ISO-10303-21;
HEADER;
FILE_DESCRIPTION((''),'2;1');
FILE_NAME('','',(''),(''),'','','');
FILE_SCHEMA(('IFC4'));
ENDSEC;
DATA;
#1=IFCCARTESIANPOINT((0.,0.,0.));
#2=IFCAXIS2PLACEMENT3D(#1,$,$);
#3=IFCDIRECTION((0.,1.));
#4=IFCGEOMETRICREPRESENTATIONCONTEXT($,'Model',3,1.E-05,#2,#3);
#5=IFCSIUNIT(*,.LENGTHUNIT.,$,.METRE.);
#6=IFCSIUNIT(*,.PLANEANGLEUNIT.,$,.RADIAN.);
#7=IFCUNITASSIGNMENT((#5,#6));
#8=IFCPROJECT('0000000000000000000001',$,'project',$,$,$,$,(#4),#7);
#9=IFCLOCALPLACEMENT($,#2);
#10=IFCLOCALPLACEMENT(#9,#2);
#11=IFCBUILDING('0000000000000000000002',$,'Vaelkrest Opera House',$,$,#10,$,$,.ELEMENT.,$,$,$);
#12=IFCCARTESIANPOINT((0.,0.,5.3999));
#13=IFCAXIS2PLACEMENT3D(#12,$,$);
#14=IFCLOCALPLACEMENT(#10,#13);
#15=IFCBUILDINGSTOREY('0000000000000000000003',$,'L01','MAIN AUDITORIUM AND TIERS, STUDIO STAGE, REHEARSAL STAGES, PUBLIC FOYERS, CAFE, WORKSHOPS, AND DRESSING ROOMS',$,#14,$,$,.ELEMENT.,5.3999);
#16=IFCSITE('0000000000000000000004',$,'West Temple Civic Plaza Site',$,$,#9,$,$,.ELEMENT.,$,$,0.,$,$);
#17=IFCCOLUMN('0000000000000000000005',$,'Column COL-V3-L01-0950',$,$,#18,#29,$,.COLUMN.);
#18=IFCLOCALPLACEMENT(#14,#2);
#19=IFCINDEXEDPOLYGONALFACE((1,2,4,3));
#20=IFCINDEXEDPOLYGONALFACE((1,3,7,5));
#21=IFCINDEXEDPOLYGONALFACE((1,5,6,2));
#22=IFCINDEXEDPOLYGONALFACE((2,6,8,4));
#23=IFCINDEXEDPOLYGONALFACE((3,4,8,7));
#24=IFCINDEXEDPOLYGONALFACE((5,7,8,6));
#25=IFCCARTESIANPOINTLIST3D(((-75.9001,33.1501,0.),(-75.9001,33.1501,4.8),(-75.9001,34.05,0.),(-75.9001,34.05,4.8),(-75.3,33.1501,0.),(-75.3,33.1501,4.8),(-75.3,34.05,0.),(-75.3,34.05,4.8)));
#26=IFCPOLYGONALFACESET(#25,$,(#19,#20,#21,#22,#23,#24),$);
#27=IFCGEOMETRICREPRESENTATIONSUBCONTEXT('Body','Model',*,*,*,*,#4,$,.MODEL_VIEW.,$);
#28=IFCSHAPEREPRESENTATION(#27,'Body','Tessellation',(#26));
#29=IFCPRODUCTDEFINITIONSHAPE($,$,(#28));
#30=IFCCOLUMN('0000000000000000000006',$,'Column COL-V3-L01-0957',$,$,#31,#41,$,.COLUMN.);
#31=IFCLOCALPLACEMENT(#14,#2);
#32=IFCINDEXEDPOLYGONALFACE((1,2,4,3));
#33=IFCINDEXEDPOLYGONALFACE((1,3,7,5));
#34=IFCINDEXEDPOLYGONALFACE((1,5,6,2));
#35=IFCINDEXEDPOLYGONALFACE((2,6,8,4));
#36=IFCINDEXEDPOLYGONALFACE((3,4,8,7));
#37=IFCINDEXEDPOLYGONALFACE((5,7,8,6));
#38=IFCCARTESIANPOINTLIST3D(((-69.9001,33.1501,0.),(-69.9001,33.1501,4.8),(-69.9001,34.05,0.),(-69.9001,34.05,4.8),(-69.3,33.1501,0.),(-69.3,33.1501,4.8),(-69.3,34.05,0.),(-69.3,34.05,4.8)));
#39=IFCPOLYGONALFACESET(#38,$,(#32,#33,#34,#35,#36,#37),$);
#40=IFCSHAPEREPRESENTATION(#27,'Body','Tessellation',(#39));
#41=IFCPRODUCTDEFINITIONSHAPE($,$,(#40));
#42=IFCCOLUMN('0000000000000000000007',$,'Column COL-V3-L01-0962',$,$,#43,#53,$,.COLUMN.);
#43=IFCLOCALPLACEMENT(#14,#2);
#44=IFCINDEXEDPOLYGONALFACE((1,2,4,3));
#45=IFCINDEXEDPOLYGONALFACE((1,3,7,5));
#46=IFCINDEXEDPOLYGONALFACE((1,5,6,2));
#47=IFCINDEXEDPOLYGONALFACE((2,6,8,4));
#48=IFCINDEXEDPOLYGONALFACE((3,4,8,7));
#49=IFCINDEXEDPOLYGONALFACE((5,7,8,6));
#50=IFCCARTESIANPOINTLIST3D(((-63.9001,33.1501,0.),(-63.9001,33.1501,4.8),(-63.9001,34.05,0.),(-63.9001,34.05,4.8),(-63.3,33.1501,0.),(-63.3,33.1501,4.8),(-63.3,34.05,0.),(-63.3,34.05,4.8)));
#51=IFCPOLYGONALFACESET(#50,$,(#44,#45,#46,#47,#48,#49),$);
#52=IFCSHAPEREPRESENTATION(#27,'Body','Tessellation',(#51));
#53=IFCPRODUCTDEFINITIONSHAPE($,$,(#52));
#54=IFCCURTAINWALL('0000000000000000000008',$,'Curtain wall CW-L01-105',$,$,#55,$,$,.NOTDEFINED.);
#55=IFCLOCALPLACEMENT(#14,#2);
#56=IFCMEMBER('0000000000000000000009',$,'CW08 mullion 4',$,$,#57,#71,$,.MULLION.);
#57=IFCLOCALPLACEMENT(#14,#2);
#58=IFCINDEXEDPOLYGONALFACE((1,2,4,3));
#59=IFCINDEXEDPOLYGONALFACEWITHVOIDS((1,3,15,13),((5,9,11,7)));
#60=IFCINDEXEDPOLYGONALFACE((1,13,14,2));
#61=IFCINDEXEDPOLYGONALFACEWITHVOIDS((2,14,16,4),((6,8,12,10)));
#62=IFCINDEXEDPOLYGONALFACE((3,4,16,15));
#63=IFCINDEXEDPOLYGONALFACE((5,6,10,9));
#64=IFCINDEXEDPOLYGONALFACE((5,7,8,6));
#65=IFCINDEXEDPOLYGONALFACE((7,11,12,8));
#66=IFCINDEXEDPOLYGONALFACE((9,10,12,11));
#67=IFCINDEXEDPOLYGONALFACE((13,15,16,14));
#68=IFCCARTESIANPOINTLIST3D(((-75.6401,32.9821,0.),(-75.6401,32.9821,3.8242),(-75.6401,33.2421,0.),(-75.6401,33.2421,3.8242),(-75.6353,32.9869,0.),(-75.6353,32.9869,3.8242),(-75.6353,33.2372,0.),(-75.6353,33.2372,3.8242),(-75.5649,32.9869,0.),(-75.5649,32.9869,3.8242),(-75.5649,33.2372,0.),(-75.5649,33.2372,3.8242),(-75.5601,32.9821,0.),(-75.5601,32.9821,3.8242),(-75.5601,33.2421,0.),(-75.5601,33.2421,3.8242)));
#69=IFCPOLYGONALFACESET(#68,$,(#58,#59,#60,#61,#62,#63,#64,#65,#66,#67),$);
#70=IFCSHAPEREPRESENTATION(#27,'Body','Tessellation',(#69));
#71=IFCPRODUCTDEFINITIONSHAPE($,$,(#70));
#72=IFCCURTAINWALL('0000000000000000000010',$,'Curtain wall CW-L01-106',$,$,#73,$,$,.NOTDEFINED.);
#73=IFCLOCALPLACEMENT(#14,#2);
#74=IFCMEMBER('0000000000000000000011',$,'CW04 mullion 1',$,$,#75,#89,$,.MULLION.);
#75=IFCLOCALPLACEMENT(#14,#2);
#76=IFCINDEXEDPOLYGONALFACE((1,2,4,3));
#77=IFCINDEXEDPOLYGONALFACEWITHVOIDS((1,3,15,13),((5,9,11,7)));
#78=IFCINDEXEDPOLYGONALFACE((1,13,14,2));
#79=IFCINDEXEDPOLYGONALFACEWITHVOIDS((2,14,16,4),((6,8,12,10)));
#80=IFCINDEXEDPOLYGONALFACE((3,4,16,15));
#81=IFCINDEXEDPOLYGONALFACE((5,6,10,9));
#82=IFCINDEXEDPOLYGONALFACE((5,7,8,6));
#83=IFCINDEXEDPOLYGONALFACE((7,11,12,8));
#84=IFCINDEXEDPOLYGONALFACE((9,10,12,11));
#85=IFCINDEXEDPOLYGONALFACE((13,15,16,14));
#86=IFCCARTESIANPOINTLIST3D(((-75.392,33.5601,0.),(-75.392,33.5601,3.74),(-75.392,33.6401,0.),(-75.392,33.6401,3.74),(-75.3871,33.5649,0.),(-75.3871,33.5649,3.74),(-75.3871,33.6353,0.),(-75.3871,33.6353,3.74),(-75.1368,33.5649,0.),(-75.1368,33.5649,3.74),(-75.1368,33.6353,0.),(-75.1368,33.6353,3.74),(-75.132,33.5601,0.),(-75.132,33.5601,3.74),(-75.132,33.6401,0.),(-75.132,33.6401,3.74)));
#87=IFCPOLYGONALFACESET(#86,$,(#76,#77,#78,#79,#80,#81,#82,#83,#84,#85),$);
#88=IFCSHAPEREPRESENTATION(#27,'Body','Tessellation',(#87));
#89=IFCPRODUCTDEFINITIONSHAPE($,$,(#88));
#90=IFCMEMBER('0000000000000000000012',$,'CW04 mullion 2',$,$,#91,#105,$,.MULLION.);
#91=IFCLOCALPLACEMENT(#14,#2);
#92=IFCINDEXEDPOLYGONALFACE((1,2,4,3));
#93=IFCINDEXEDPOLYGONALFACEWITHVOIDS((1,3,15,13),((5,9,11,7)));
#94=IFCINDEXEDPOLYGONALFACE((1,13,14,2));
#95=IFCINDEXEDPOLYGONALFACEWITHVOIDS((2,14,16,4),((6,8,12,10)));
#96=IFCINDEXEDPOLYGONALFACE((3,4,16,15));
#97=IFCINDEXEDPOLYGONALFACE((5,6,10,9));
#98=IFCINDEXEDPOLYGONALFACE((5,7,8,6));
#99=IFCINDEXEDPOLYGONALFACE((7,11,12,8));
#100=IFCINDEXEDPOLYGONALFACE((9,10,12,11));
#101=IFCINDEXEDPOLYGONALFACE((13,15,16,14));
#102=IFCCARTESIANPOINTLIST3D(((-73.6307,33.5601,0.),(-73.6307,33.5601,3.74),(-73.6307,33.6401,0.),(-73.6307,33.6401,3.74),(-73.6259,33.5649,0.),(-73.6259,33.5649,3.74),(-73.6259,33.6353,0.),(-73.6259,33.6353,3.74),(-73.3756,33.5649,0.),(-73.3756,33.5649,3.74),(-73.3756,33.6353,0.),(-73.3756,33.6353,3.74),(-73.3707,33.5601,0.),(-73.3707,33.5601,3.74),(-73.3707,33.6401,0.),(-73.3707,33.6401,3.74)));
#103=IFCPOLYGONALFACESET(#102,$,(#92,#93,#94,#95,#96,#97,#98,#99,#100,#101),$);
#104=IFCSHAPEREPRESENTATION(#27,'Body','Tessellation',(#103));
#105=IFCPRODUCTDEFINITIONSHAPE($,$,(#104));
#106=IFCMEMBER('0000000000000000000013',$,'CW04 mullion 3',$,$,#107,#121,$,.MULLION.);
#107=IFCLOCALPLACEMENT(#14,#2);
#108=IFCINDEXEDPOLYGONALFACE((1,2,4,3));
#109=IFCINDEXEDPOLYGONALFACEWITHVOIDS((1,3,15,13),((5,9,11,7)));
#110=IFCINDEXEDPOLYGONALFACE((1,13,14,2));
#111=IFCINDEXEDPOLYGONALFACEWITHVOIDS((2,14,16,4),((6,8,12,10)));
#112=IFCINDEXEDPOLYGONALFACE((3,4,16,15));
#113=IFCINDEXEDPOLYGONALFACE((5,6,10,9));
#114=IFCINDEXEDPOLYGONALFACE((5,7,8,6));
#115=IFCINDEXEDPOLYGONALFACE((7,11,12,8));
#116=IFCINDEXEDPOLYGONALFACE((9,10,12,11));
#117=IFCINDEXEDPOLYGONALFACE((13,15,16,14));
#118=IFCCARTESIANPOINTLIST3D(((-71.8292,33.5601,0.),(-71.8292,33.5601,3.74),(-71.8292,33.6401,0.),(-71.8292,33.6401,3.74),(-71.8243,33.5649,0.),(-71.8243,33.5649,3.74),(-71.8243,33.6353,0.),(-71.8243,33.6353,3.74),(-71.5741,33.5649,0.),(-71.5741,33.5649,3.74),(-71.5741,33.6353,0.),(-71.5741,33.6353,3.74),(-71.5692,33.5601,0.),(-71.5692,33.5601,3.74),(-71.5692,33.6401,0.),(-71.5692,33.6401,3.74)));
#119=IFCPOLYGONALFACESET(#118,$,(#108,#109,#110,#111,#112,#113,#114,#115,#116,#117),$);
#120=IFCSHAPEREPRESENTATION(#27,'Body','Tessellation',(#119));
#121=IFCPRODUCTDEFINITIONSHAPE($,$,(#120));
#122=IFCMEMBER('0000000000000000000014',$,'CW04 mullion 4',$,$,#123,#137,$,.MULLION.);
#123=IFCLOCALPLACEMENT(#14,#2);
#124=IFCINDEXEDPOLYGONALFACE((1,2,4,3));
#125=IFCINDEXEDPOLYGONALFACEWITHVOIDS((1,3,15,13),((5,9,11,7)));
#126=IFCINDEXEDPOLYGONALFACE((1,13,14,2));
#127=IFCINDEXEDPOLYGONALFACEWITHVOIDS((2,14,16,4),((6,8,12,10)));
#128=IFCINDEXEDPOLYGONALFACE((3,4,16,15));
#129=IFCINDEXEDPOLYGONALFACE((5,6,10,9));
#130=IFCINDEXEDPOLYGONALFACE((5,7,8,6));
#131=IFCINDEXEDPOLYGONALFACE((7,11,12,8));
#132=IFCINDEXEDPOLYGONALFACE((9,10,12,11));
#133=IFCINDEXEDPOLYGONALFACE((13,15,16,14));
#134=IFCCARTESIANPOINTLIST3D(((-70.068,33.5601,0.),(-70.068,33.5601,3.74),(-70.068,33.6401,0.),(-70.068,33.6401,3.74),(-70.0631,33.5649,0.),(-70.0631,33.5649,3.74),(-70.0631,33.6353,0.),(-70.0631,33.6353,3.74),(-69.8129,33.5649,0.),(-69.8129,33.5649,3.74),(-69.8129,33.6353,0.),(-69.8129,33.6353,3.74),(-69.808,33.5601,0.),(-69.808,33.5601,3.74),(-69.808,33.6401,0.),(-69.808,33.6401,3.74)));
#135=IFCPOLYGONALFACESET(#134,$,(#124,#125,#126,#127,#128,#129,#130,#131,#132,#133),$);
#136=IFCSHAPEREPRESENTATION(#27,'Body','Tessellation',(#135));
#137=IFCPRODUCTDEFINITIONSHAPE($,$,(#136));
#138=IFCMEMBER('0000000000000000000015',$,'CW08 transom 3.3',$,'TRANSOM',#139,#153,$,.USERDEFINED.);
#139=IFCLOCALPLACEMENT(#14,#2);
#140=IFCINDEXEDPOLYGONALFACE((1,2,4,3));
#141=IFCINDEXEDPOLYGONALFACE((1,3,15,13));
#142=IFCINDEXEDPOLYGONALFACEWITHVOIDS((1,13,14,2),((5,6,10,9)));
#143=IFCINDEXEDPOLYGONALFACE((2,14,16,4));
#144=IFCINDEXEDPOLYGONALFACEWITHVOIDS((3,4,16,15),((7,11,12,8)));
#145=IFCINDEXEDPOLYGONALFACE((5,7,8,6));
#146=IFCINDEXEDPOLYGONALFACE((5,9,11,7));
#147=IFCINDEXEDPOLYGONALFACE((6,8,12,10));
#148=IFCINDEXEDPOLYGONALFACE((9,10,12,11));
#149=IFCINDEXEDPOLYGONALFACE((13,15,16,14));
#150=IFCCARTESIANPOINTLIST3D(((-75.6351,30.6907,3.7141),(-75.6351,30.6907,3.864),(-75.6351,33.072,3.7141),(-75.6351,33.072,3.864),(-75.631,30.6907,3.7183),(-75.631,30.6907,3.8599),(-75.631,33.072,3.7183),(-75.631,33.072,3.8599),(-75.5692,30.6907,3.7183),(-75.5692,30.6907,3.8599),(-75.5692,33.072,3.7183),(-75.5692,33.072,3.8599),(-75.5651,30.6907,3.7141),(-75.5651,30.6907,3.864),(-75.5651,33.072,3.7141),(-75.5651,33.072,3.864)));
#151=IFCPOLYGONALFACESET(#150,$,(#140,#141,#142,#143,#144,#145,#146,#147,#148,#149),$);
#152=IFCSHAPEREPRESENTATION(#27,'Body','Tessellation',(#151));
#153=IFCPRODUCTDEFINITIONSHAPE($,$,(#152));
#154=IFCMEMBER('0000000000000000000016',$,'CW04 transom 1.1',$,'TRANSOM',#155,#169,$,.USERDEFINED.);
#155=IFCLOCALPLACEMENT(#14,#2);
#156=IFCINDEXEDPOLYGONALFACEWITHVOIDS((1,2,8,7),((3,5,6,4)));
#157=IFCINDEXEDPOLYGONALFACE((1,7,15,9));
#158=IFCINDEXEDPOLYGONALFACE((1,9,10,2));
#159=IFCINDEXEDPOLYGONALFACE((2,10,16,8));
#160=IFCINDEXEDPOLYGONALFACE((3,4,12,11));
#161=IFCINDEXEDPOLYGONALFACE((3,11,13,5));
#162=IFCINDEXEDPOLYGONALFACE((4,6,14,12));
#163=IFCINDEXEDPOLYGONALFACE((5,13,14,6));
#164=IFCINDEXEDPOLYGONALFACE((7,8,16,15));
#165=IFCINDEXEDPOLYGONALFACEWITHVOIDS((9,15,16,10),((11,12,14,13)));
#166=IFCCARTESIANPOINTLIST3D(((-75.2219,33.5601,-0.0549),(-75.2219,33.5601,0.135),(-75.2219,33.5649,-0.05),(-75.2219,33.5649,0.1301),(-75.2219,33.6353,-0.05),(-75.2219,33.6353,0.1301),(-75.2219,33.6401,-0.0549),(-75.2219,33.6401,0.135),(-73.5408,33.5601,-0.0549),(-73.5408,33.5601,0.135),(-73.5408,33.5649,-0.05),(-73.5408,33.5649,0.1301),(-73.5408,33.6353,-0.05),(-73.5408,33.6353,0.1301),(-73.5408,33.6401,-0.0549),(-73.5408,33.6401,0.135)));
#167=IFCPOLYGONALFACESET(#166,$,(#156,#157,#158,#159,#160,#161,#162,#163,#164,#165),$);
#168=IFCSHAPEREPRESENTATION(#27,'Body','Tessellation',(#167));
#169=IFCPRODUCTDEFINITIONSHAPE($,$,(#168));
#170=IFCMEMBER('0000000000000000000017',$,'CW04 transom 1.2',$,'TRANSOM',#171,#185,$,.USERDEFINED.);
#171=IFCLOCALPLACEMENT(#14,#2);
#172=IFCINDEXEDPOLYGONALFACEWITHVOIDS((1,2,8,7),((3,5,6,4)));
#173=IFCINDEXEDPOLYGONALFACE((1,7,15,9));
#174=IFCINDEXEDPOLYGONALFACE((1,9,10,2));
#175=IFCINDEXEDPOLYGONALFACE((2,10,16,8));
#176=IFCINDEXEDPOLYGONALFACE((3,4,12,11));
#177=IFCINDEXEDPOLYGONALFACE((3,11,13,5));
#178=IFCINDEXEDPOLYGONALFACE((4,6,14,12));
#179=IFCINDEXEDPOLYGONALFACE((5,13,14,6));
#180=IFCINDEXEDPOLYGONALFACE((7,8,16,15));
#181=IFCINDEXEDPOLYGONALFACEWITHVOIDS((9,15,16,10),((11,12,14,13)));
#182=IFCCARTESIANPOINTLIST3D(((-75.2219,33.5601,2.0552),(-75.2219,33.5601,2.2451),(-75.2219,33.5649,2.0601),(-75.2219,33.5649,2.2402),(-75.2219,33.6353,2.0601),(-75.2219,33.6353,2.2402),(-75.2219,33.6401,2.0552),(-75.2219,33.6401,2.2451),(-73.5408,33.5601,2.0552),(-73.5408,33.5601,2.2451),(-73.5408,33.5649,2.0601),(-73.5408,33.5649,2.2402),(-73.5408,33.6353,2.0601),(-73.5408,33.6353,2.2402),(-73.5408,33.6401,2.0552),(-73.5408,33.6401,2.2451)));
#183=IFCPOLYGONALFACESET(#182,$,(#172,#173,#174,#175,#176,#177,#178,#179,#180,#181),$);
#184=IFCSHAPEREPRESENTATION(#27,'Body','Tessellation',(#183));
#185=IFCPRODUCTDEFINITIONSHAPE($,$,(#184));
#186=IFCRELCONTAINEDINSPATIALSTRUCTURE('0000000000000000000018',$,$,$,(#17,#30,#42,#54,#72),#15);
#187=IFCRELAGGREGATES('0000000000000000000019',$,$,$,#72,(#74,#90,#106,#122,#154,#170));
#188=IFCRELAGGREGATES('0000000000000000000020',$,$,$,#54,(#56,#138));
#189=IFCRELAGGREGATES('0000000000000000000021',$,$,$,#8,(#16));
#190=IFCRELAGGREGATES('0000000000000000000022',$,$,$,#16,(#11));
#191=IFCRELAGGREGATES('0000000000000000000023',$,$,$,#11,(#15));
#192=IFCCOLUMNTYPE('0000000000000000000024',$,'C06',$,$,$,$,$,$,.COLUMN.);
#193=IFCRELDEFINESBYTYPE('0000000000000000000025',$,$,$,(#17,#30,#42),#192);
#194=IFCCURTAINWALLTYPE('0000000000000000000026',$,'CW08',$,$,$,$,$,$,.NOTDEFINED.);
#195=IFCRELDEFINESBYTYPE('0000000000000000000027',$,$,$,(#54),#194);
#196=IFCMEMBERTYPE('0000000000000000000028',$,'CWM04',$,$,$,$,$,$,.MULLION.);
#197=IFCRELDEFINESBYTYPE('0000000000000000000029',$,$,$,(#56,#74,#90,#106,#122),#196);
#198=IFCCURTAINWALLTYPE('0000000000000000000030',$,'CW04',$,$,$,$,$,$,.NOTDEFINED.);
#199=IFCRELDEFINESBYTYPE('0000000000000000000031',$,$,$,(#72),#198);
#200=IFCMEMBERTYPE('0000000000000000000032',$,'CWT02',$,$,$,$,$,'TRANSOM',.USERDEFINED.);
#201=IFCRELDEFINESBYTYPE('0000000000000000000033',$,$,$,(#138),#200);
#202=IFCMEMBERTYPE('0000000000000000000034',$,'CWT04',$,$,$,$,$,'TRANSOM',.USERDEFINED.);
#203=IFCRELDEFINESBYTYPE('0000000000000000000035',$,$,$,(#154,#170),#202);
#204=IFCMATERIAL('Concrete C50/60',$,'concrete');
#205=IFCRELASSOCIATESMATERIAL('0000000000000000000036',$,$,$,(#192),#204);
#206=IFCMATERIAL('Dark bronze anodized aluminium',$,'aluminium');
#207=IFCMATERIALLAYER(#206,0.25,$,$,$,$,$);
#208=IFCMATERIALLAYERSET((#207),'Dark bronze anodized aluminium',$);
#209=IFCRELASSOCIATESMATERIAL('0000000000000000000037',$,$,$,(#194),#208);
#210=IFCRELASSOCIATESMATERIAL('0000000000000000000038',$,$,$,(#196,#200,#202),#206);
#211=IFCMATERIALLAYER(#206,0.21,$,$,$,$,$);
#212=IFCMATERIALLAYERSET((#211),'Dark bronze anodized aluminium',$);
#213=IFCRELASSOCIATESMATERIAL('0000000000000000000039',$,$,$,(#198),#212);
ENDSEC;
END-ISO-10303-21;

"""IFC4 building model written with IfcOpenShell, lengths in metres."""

from ifc_helpers import new_model, si_unit, direction, frame, origin, origin_2d, place, context, subcontext, project, spatial, rectangle, hollow_rectangle, extrude, material, layer, layer_set, material_profile, profile_set, type_object, element, aggregate, save


model = new_model("IFC4")

# Units and contexts
model_context = context("Model", 3, precision=1e-05, world=origin(), true_north=direction((0.0, 1.0)))
body_context = subcontext(model_context, "Body", "Model", "MODEL_VIEW")
ifc_project = project(units=[si_unit("LENGTHUNIT", "METRE"), si_unit("PLANEANGLEUNIT", "RADIAN")], contexts=[model_context])

# Site, building, storey
site_placement = place(None, origin())
site = spatial("IfcSite", under=ifc_project, at=site_placement, Name="West Temple Civic Plaza Site", CompositionType="ELEMENT", RefElevation=0.0)
building_placement = place(site_placement, origin())
building = spatial("IfcBuilding", under=site, at=building_placement, Name="Vaelkrest Opera House", CompositionType="ELEMENT")
storey_placement = place(building_placement, frame((0.0, 0.0, 5.3999)))
storey = spatial("IfcBuildingStorey", under=building, at=storey_placement, Name="L01", Description="MAIN AUDITORIUM AND TIERS, STUDIO STAGE, REHEARSAL STAGES, PUBLIC FOYERS, CAFE, WORKSHOPS, AND DRESSING ROOMS", CompositionType="ELEMENT", Elevation=5.3999)

# Columns
ifc_material_1 = material(Name="Concrete C50/60", Category="concrete")
ifc_material_profile_1 = material_profile(ifc_material_1, rectangle(XDim=0.6001, YDim=0.8999, at=origin_2d()), Name="RC600X900")
ifc_profile_set_1 = profile_set([ifc_material_profile_1], Name="Concrete C50/60")
column_type = type_object("IfcColumnType", Name="C06", PredefinedType="COLUMN", material=ifc_profile_set_1)
for number, where, z_axis, x_axis, name in (
    (1, (-75.6001, 33.6001, 0.0), (0.0, 0.0, 1.0), (1.0, 0.0, 0.0), "Column COL-V3-L01-0950"),
    (2, (-69.6001, 33.6001, 0.0), (0.0, 0.0, 1.0), (1.0, 0.0, 0.0), "Column COL-V3-L01-0957"),
    (3, (-63.6001, 33.6001, 0.0), (0.0, 0.0, 1.0), (1.0, 0.0, 0.0), "Column COL-V3-L01-0962"),
):
    element("IfcColumn", number, at=place(storey_placement, frame(where, z_axis=z_axis, x_axis=x_axis)), inside=storey, type_object=column_type, Name=name, PredefinedType="COLUMN", context=body_context, shape_type="SweptSolid", body=[
        extrude(rectangle(XDim=0.6001, YDim=0.8999, at=origin_2d()), origin(), (0.0, 0.0, 1.0), 4.8),
    ])

# Curtain wall, member
ifc_material_2 = material(Name="Dark bronze anodized aluminium", Category="aluminium")
ifc_layer_1 = layer(ifc_material_2, 0.25)
ifc_layer_set_1 = layer_set([ifc_layer_1], Name="Dark bronze anodized aluminium")
curtain_wall_type_1 = type_object("IfcCurtainWallType", Name="CW08", PredefinedType="NOTDEFINED", material=ifc_layer_set_1)
curtain_wall_1_placement = place(storey_placement, origin())
curtain_wall_1 = element("IfcCurtainWall", 4, at=curtain_wall_1_placement, inside=storey, type_object=curtain_wall_type_1, Name="Curtain wall CW-L01-105", PredefinedType="NOTDEFINED")
ifc_material_profile_2 = material_profile(ifc_material_2, hollow_rectangle(XDim=0.0801, YDim=0.26, WallThickness=0.0049, at=origin_2d()), Name="CWM80X260")
ifc_profile_set_2 = profile_set([ifc_material_profile_2], Name="Dark bronze anodized aluminium")
member_type_1 = type_object("IfcMemberType", Name="CWM04", PredefinedType="MULLION", material=ifc_profile_set_2)
member_1_placement = place(storey_placement, frame((-75.6001, 33.1121, 0.0), z_axis=(0.0, 0.0, 1.0), x_axis=(-1.0, 0.0, 0.0)))
member_1 = element("IfcMember", 5, at=member_1_placement, type_object=member_type_1, Name="CW08 mullion 4", PredefinedType="MULLION", context=body_context, shape_type="SweptSolid", body=[
    extrude(hollow_rectangle(XDim=0.0801, YDim=0.26, WallThickness=0.0049, at=origin_2d()), origin(), (0.0, 0.0, 1.0), 3.8242),
])

# Curtain wall, members
ifc_layer_2 = layer(ifc_material_2, 0.21)
ifc_layer_set_2 = layer_set([ifc_layer_2], Name="Dark bronze anodized aluminium")
curtain_wall_type_2 = type_object("IfcCurtainWallType", Name="CW04", PredefinedType="NOTDEFINED", material=ifc_layer_set_2)
curtain_wall_2_placement = place(storey_placement, origin())
curtain_wall_2 = element("IfcCurtainWall", 6, at=curtain_wall_2_placement, inside=storey, type_object=curtain_wall_type_2, Name="Curtain wall CW-L01-106", PredefinedType="NOTDEFINED")
member_2_placement = place(storey_placement, frame((-75.262, 33.6001, 0.0), z_axis=(0.0, 0.0, 1.0), x_axis=(0.0, 1.0, 0.0)))
member_2 = element("IfcMember", 7, at=member_2_placement, type_object=member_type_1, Name="CW04 mullion 1", PredefinedType="MULLION", context=body_context, shape_type="SweptSolid", body=[
    extrude(hollow_rectangle(XDim=0.0801, YDim=0.26, WallThickness=0.0049, at=origin_2d()), origin(), (0.0, 0.0, 1.0), 3.74),
])
member_3_placement = place(storey_placement, frame((-73.5007, 33.6001, 0.0), z_axis=(0.0, 0.0, 1.0), x_axis=(0.0, 1.0, 0.0)))
member_3 = element("IfcMember", 8, at=member_3_placement, type_object=member_type_1, Name="CW04 mullion 2", PredefinedType="MULLION", context=body_context, shape_type="SweptSolid", body=[
    extrude(hollow_rectangle(XDim=0.0801, YDim=0.26, WallThickness=0.0049, at=origin_2d()), origin(), (0.0, 0.0, 1.0), 3.74),
])
member_4_placement = place(storey_placement, frame((-71.6992, 33.6001, 0.0), z_axis=(0.0, 0.0, 1.0), x_axis=(0.0, 1.0, 0.0)))
member_4 = element("IfcMember", 9, at=member_4_placement, type_object=member_type_1, Name="CW04 mullion 3", PredefinedType="MULLION", context=body_context, shape_type="SweptSolid", body=[
    extrude(hollow_rectangle(XDim=0.0801, YDim=0.26, WallThickness=0.0049, at=origin_2d()), origin(), (0.0, 0.0, 1.0), 3.74),
])
member_5_placement = place(storey_placement, frame((-69.938, 33.6001, 0.0), z_axis=(0.0, 0.0, 1.0), x_axis=(0.0, 1.0, 0.0)))
member_5 = element("IfcMember", 10, at=member_5_placement, type_object=member_type_1, Name="CW04 mullion 4", PredefinedType="MULLION", context=body_context, shape_type="SweptSolid", body=[
    extrude(hollow_rectangle(XDim=0.0801, YDim=0.26, WallThickness=0.0049, at=origin_2d()), origin(), (0.0, 0.0, 1.0), 3.74),
])

# Members
ifc_material_profile_3 = material_profile(ifc_material_2, hollow_rectangle(XDim=0.0701, YDim=0.1499, WallThickness=0.0042, at=origin_2d()), Name="CWT70X150")
ifc_profile_set_3 = profile_set([ifc_material_profile_3], Name="Dark bronze anodized aluminium")
member_type_2 = type_object("IfcMemberType", Name="CWT02", ElementType="TRANSOM", PredefinedType="USERDEFINED", material=ifc_profile_set_3)
member_6_placement = place(storey_placement, frame((-75.6001, 30.6907, 3.7891), z_axis=(0.0, 1.0, 0.0), x_axis=(-1.0, 0.0, 0.0)))
member_6 = element("IfcMember", 11, at=member_6_placement, type_object=member_type_2, Name="CW08 transom 3.3", ObjectType="TRANSOM", PredefinedType="USERDEFINED", context=body_context, shape_type="SweptSolid", body=[
    extrude(hollow_rectangle(XDim=0.0701, YDim=0.1499, WallThickness=0.0042, at=origin_2d()), origin(), (0.0, 0.0, 1.0), 2.3813),
])
ifc_material_profile_4 = material_profile(ifc_material_2, hollow_rectangle(XDim=0.0801, YDim=0.1899, WallThickness=0.0049, at=origin_2d()), Name="CWT80X190")
ifc_profile_set_4 = profile_set([ifc_material_profile_4], Name="Dark bronze anodized aluminium")
member_type_3 = type_object("IfcMemberType", Name="CWT04", ElementType="TRANSOM", PredefinedType="USERDEFINED", material=ifc_profile_set_4)
member_7_placement = place(storey_placement, frame((-75.2219, 33.6001, 0.04), z_axis=(1.0, 0.0, 0.0), x_axis=(0.0, 1.0, 0.0)))
member_7 = element("IfcMember", 12, at=member_7_placement, type_object=member_type_3, Name="CW04 transom 1.1", ObjectType="TRANSOM", PredefinedType="USERDEFINED", context=body_context, shape_type="SweptSolid", body=[
    extrude(hollow_rectangle(XDim=0.0801, YDim=0.1899, WallThickness=0.0049, at=origin_2d()), origin(), (0.0, 0.0, 1.0), 1.6812),
])
member_8_placement = place(storey_placement, frame((-75.2219, 33.6001, 2.1501), z_axis=(1.0, 0.0, 0.0), x_axis=(0.0, 1.0, 0.0)))
member_8 = element("IfcMember", 13, at=member_8_placement, type_object=member_type_3, Name="CW04 transom 1.2", ObjectType="TRANSOM", PredefinedType="USERDEFINED", context=body_context, shape_type="SweptSolid", body=[
    extrude(hollow_rectangle(XDim=0.0801, YDim=0.1899, WallThickness=0.0049, at=origin_2d()), origin(), (0.0, 0.0, 1.0), 1.6812),
])

aggregate(curtain_wall_2, [member_2, member_3, member_4, member_5, member_7, member_8])
aggregate(curtain_wall_1, [member_1, member_6])

save(model, "model.ifc")
